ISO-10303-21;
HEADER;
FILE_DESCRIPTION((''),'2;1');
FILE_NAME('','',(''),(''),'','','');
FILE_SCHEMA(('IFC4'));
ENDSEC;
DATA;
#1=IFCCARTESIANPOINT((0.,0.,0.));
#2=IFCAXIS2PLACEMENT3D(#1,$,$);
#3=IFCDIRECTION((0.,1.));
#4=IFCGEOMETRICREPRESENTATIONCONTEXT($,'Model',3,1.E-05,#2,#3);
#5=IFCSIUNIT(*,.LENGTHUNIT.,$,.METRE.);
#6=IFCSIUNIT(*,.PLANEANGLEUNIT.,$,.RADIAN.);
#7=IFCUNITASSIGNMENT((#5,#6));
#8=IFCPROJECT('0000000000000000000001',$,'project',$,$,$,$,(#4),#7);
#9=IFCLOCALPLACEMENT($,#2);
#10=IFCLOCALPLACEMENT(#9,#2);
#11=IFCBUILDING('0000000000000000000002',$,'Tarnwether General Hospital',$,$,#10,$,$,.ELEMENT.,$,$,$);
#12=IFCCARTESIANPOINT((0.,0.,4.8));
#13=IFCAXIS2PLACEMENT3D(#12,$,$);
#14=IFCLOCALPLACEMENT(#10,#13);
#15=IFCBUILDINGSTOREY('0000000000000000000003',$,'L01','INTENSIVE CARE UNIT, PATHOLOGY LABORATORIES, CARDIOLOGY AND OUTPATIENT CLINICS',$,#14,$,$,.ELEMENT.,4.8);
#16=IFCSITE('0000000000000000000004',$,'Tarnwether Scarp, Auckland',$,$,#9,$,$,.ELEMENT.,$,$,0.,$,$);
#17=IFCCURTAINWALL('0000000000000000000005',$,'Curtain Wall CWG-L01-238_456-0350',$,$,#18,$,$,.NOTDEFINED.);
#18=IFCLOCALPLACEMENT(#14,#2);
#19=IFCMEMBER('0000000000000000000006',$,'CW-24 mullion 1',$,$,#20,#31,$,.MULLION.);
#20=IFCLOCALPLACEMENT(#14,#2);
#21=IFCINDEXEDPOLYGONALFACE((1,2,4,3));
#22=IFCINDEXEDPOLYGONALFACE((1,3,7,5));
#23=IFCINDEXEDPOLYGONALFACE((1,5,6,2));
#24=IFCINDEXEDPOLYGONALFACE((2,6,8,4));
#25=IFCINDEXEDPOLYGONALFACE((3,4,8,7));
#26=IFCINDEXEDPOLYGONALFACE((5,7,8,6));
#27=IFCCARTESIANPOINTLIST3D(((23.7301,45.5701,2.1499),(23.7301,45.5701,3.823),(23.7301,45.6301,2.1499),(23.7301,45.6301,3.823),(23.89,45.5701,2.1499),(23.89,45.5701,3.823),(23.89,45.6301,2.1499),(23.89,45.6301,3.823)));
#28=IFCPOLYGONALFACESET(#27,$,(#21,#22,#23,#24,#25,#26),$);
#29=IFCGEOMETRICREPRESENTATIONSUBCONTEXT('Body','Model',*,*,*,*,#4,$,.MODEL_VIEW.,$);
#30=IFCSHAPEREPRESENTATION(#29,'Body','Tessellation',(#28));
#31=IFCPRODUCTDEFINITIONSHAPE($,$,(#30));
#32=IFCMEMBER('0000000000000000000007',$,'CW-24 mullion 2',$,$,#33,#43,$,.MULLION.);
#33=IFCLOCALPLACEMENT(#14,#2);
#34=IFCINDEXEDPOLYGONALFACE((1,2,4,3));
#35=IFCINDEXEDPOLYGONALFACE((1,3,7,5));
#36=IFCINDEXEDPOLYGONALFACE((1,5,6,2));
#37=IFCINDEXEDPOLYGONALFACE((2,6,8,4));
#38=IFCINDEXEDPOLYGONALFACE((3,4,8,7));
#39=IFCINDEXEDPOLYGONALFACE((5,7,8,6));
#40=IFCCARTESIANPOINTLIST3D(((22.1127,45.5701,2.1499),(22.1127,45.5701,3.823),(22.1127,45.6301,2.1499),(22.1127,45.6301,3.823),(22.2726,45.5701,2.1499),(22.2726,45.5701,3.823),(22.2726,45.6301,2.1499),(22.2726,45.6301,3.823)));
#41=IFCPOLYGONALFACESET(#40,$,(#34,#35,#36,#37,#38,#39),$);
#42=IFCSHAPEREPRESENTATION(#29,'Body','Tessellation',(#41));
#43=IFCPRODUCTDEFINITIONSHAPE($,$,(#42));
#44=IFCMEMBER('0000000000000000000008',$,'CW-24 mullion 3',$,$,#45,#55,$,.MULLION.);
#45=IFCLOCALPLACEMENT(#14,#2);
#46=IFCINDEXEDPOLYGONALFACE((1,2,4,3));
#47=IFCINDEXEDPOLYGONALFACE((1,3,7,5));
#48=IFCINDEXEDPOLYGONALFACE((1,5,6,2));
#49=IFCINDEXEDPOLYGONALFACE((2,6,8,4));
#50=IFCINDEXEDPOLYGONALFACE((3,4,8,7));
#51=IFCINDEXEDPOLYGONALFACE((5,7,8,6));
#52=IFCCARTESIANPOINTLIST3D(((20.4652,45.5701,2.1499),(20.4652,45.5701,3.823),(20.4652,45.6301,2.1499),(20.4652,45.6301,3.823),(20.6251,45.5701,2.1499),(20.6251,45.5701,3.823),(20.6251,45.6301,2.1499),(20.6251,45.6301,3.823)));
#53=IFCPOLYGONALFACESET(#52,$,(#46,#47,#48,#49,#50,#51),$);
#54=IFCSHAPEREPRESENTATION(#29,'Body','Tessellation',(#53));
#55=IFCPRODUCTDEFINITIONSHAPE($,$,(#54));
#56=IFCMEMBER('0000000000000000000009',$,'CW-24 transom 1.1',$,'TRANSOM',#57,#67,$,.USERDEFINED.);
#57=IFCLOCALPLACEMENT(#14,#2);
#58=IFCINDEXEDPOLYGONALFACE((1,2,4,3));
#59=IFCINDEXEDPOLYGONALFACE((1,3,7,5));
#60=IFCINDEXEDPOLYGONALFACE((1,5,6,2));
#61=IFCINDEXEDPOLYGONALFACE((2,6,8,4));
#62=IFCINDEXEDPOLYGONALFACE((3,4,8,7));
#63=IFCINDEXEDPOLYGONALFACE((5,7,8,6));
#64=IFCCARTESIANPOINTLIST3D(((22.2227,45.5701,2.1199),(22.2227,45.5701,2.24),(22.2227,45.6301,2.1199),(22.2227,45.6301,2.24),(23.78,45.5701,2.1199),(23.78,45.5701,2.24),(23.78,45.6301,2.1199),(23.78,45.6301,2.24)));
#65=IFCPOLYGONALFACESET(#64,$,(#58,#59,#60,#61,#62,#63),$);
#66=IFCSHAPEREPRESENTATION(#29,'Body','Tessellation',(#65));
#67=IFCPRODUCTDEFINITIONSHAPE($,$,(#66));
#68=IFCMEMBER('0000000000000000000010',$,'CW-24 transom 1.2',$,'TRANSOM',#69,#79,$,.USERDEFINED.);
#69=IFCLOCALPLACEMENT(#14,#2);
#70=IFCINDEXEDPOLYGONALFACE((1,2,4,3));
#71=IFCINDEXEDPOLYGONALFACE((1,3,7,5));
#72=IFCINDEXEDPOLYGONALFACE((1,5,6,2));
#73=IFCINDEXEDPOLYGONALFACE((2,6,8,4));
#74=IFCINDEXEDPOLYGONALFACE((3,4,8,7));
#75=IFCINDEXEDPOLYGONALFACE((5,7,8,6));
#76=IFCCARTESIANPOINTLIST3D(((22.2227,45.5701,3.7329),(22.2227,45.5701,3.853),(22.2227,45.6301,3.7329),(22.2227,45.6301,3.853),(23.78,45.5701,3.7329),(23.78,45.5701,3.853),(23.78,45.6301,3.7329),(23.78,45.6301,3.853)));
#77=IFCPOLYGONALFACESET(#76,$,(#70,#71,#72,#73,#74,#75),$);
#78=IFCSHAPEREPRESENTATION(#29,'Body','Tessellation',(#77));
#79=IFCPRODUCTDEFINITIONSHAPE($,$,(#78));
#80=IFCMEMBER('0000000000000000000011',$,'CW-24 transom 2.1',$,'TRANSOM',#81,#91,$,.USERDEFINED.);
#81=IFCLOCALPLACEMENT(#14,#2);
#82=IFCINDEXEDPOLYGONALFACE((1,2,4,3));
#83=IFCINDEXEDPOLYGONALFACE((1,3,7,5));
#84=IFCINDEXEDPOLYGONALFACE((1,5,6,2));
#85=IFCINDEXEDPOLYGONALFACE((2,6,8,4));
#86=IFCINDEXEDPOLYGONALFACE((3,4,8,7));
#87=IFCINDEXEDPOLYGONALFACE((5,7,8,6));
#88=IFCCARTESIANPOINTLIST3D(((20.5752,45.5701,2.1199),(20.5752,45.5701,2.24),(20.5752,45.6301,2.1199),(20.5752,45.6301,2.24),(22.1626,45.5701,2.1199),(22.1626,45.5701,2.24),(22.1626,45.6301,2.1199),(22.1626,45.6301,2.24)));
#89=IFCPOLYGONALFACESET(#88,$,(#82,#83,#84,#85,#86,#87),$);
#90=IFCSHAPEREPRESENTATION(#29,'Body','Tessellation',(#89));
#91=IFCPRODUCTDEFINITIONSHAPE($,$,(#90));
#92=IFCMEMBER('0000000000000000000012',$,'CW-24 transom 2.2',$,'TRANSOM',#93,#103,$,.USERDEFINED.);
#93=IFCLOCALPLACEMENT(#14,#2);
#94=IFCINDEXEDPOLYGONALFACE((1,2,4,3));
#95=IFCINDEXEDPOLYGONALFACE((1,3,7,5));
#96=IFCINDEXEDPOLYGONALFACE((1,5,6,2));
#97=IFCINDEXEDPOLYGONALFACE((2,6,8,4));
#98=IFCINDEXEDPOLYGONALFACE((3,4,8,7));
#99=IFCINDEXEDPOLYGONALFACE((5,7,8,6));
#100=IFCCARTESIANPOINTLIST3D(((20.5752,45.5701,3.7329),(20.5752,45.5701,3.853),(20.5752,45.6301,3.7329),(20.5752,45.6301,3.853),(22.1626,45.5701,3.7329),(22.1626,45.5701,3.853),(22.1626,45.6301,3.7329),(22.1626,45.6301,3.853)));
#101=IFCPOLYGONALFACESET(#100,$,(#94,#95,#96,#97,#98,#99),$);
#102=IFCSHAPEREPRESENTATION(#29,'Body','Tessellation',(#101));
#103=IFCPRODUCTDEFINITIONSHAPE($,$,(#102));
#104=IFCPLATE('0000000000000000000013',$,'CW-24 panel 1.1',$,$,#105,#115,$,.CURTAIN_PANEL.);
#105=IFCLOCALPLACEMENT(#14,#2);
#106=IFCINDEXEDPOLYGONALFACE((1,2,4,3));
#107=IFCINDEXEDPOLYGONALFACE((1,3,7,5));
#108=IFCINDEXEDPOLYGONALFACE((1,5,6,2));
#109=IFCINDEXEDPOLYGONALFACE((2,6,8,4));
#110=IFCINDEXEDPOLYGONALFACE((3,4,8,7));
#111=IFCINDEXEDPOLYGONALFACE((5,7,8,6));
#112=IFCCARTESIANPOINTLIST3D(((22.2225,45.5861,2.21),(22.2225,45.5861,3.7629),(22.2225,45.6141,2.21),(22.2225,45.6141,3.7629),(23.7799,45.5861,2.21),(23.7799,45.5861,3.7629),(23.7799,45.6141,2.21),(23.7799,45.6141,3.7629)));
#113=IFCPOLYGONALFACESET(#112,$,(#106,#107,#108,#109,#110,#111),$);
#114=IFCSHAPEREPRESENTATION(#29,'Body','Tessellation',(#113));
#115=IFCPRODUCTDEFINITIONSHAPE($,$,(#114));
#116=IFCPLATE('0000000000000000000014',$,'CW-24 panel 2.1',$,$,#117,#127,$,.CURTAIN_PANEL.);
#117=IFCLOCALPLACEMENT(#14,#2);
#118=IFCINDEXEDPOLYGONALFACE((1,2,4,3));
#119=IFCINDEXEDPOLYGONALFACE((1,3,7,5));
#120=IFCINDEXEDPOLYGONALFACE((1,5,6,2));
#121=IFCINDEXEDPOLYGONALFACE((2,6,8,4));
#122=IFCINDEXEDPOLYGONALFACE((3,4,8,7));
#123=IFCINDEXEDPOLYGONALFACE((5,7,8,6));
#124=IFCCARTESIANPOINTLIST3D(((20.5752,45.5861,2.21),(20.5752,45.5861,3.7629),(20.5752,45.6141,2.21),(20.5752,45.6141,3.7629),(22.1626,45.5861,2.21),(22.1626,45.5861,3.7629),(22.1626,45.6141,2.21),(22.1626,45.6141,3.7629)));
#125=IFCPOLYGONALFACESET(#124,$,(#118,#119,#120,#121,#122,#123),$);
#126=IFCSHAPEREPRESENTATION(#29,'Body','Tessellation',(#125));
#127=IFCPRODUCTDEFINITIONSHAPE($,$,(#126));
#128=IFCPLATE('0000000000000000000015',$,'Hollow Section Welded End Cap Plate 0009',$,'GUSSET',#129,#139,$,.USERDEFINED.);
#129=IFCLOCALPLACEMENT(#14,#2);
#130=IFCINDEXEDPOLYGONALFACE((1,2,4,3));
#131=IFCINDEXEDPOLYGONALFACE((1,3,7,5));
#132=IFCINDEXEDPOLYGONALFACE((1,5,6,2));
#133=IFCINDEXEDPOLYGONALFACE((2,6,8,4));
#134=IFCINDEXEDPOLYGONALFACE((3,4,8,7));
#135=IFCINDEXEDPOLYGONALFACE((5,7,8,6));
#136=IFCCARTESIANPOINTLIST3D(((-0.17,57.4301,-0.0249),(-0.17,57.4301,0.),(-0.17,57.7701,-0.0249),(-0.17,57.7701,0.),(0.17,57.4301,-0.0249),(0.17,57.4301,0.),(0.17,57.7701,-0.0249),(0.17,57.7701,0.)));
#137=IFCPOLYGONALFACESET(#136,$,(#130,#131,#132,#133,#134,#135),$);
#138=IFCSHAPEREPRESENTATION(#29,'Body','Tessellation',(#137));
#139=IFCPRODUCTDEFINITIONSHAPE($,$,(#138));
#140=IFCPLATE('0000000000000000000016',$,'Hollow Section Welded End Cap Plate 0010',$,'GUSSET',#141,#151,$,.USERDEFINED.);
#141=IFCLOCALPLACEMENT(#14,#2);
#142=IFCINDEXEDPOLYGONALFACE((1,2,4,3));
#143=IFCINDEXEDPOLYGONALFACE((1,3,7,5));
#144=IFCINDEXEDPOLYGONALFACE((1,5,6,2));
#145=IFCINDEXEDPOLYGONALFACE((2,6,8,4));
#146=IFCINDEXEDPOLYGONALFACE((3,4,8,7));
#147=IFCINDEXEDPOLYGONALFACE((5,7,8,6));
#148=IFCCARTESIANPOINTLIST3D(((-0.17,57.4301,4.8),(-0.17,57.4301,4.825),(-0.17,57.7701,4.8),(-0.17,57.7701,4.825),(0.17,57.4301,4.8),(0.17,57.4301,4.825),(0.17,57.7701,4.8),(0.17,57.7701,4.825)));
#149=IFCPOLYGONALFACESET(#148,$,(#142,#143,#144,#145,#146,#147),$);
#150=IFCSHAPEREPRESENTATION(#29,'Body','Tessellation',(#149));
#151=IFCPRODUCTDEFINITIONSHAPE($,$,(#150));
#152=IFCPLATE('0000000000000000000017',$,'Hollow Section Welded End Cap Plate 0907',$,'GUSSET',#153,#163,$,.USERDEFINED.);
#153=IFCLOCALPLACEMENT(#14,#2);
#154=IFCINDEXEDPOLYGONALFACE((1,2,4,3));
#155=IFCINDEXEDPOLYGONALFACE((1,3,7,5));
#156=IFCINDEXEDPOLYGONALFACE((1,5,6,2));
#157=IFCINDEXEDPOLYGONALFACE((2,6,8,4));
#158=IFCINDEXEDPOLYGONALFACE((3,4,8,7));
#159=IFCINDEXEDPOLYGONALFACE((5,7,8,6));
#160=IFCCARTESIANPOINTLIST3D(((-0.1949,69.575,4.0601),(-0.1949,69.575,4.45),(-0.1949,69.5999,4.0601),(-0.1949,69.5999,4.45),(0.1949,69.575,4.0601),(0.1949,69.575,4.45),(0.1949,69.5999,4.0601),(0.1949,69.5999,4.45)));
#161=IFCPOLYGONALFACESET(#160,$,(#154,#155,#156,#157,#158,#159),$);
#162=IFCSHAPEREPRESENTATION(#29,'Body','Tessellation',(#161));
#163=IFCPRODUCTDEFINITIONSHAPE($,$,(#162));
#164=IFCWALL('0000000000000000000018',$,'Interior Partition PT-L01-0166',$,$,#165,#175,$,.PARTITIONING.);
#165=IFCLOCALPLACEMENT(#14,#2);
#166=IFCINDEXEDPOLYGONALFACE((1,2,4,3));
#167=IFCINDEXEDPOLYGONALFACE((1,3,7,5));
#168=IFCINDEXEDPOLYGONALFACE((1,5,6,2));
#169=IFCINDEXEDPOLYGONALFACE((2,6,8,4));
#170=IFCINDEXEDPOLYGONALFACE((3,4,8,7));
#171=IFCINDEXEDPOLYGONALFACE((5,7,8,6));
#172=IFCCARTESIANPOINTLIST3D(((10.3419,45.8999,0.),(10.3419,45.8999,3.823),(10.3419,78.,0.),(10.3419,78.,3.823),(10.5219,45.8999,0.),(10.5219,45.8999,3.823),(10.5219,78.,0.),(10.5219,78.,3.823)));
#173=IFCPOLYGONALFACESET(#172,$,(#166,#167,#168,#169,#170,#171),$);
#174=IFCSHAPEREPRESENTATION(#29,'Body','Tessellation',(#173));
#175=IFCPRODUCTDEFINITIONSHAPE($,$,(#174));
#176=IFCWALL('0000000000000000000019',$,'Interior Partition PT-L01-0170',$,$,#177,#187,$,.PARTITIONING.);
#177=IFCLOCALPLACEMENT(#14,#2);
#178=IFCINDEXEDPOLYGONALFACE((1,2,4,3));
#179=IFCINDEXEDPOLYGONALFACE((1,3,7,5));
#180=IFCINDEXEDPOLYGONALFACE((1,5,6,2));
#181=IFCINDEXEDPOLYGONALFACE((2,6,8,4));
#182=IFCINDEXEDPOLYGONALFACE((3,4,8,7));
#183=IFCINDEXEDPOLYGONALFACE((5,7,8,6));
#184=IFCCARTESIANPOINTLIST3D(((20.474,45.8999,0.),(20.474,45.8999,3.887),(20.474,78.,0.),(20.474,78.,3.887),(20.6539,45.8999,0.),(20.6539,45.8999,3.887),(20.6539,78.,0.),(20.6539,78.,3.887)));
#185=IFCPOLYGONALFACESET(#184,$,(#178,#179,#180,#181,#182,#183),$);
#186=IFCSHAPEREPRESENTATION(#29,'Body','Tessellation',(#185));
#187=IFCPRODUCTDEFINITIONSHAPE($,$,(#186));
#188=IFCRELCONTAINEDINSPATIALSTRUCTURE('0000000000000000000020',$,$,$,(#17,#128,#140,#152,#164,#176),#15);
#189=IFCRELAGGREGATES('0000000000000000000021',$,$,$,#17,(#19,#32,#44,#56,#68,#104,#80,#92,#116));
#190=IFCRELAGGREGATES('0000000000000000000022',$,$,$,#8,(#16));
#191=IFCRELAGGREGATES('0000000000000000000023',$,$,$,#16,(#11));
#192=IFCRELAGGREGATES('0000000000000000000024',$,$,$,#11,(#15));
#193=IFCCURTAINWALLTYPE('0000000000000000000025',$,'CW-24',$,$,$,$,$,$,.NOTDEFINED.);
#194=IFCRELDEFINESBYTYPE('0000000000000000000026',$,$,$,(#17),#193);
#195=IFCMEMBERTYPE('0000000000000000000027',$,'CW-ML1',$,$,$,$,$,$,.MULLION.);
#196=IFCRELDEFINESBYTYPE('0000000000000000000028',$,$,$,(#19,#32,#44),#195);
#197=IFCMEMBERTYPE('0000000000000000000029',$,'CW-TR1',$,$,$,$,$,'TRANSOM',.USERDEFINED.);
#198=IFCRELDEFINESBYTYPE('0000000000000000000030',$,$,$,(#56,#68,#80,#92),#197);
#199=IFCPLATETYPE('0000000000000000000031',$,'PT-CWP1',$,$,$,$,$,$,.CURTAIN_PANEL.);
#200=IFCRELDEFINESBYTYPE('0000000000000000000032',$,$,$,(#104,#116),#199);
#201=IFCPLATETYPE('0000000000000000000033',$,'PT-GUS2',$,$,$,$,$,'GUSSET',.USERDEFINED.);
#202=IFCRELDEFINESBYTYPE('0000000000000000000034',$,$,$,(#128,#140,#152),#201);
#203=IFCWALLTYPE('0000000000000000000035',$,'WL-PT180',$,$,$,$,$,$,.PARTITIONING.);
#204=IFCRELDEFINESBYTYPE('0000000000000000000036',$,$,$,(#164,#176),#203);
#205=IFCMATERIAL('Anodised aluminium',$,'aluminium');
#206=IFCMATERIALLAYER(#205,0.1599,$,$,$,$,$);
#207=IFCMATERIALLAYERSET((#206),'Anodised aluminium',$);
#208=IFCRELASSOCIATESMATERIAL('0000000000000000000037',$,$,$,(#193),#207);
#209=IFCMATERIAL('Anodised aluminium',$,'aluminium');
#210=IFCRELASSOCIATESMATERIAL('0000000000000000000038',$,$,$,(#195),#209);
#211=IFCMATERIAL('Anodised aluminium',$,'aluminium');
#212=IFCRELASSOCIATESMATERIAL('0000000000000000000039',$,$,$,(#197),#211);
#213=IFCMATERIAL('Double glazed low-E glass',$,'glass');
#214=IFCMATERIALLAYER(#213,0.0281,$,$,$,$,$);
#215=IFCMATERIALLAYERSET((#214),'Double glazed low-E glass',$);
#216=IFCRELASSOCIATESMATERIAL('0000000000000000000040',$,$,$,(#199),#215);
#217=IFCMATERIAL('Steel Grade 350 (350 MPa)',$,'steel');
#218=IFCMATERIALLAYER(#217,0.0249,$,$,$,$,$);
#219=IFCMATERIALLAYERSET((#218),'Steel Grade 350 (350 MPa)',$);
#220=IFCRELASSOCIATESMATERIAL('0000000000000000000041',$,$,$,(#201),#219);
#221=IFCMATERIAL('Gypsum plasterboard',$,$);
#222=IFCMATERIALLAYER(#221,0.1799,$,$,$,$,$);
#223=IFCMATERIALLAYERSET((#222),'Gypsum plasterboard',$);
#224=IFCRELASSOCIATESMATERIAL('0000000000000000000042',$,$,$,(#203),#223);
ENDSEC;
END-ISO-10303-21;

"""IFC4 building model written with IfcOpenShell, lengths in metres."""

from ifc_helpers import new_model, si_unit, direction, frame, frame_2d, origin, origin_2d, place, context, subcontext, project, spatial, rectangle, extrude, material, layer, layer_set, material_profile, profile_set, type_object, element, aggregate, save


model = new_model("IFC4")

# Units and contexts
model_context = context("Model", 3, precision=1e-05, world=origin(), true_north=direction((0.0, 1.0)))
body_context = subcontext(model_context, "Body", "Model", "MODEL_VIEW")
ifc_project = project(units=[si_unit("LENGTHUNIT", "METRE"), si_unit("PLANEANGLEUNIT", "RADIAN")], contexts=[model_context])

# Site, building, storey
site_placement = place(None, origin())
site = spatial("IfcSite", under=ifc_project, at=site_placement, Name="Tarnwether Scarp, Auckland", CompositionType="ELEMENT", RefElevation=0.0)
building_placement = place(site_placement, origin())
building = spatial("IfcBuilding", under=site, at=building_placement, Name="Tarnwether General Hospital", CompositionType="ELEMENT")
storey_placement = place(building_placement, frame((0.0, 0.0, 4.8)))
storey = spatial("IfcBuildingStorey", under=building, at=storey_placement, Name="L01", Description="INTENSIVE CARE UNIT, PATHOLOGY LABORATORIES, CARDIOLOGY AND OUTPATIENT CLINICS", CompositionType="ELEMENT", Elevation=4.8)

# Shared definitions
ifc_material_1 = material(Name="Anodised aluminium", Category="aluminium")
ifc_layer_1 = layer(ifc_material_1, 0.1599)
ifc_layer_set_1 = layer_set([ifc_layer_1], Name="Anodised aluminium")
curtain_wall_type = type_object("IfcCurtainWallType", Name="CW-24", PredefinedType="NOTDEFINED", material=ifc_layer_set_1)
ifc_material_2 = material(Name="Anodised aluminium", Category="aluminium")
ifc_material_profile_1 = material_profile(ifc_material_2, rectangle(XDim=0.0601, YDim=0.1599, at=origin_2d()), Name="ALU-MUL-60x160")
ifc_profile_set_1 = profile_set([ifc_material_profile_1], Name="Anodised aluminium")
member_type_1 = type_object("IfcMemberType", Name="CW-ML1", PredefinedType="MULLION", material=ifc_profile_set_1)

# Curtain wall, members, plates
curtain_wall_1_placement = place(storey_placement, origin())
curtain_wall_1 = element("IfcCurtainWall", 1, at=curtain_wall_1_placement, inside=storey, type_object=curtain_wall_type, Name="Curtain Wall CWG-L01-238_456-0350", PredefinedType="NOTDEFINED")
member_1_placement = place(storey_placement, frame((23.8101, 45.6001, 2.1499), z_axis=(0.0, 0.0, 1.0), x_axis=(0.0, -1.0, 0.0)))
member_1 = element("IfcMember", 2, at=member_1_placement, type_object=member_type_1, Name="CW-24 mullion 1", PredefinedType="MULLION", context=body_context, shape_type="SweptSolid", body=[
    extrude(rectangle(XDim=0.0601, YDim=0.1599, at=origin_2d()), origin(), (0.0, 0.0, 1.0), 1.6731),
])
member_2_placement = place(storey_placement, frame((22.1926, 45.6001, 2.1499), z_axis=(0.0, 0.0, 1.0), x_axis=(0.0, -1.0, 0.0)))
member_2 = element("IfcMember", 3, at=member_2_placement, type_object=member_type_1, Name="CW-24 mullion 2", PredefinedType="MULLION", context=body_context, shape_type="SweptSolid", body=[
    extrude(rectangle(XDim=0.0601, YDim=0.1599, at=origin_2d()), origin(), (0.0, 0.0, 1.0), 1.6731),
])
member_3_placement = place(storey_placement, frame((20.5452, 45.6001, 2.1499), z_axis=(0.0, 0.0, 1.0), x_axis=(0.0, -1.0, 0.0)))
member_3 = element("IfcMember", 4, at=member_3_placement, type_object=member_type_1, Name="CW-24 mullion 3", PredefinedType="MULLION", context=body_context, shape_type="SweptSolid", body=[
    extrude(rectangle(XDim=0.0601, YDim=0.1599, at=origin_2d()), origin(), (0.0, 0.0, 1.0), 1.6731),
])
ifc_material_3 = material(Name="Anodised aluminium", Category="aluminium")
ifc_material_profile_2 = material_profile(ifc_material_3, rectangle(XDim=0.0601, YDim=0.1201, at=origin_2d()), Name="ALU-TRN-60x120")
ifc_profile_set_2 = profile_set([ifc_material_profile_2], Name="Anodised aluminium")
member_type_2 = type_object("IfcMemberType", Name="CW-TR1", ElementType="TRANSOM", PredefinedType="USERDEFINED", material=ifc_profile_set_2)
member_4_placement = place(storey_placement, frame((23.78, 45.6001, 2.1799), z_axis=(-1.0, 0.0, 0.0), x_axis=(0.0, -1.0, 0.0)))
member_4 = element("IfcMember", 5, at=member_4_placement, type_object=member_type_2, Name="CW-24 transom 1.1", ObjectType="TRANSOM", PredefinedType="USERDEFINED", context=body_context, shape_type="SweptSolid", body=[
    extrude(rectangle(XDim=0.0601, YDim=0.1201, at=origin_2d()), origin(), (0.0, 0.0, 1.0), 1.5574),
])
member_5_placement = place(storey_placement, frame((23.78, 45.6001, 3.793), z_axis=(-1.0, 0.0, 0.0), x_axis=(0.0, -1.0, 0.0)))
member_5 = element("IfcMember", 6, at=member_5_placement, type_object=member_type_2, Name="CW-24 transom 1.2", ObjectType="TRANSOM", PredefinedType="USERDEFINED", context=body_context, shape_type="SweptSolid", body=[
    extrude(rectangle(XDim=0.0601, YDim=0.1201, at=origin_2d()), origin(), (0.0, 0.0, 1.0), 1.5574),
])
member_6_placement = place(storey_placement, frame((22.1626, 45.6001, 2.1799), z_axis=(-1.0, 0.0, 0.0), x_axis=(0.0, -1.0, 0.0)))
member_6 = element("IfcMember", 7, at=member_6_placement, type_object=member_type_2, Name="CW-24 transom 2.1", ObjectType="TRANSOM", PredefinedType="USERDEFINED", context=body_context, shape_type="SweptSolid", body=[
    extrude(rectangle(XDim=0.0601, YDim=0.1201, at=origin_2d()), origin(), (0.0, 0.0, 1.0), 1.5874),
])
member_7_placement = place(storey_placement, frame((22.1626, 45.6001, 3.793), z_axis=(-1.0, 0.0, 0.0), x_axis=(0.0, -1.0, 0.0)))
member_7 = element("IfcMember", 8, at=member_7_placement, type_object=member_type_2, Name="CW-24 transom 2.2", ObjectType="TRANSOM", PredefinedType="USERDEFINED", context=body_context, shape_type="SweptSolid", body=[
    extrude(rectangle(XDim=0.0601, YDim=0.1201, at=origin_2d()), origin(), (0.0, 0.0, 1.0), 1.5874),
])
ifc_material_4 = material(Name="Double glazed low-E glass", Category="glass")
ifc_layer_2 = layer(ifc_material_4, 0.0281)
ifc_layer_set_2 = layer_set([ifc_layer_2], Name="Double glazed low-E glass")
plate_type_1 = type_object("IfcPlateType", Name="PT-CWP1", PredefinedType="CURTAIN_PANEL", material=ifc_layer_set_2)
plate_1_placement = place(storey_placement, frame((23.0012, 45.6001, 2.21), z_axis=(0.0, 0.0, 1.0), x_axis=(-1.0, 0.0, 0.0)))
plate_1 = element("IfcPlate", 9, at=plate_1_placement, type_object=plate_type_1, Name="CW-24 panel 1.1", PredefinedType="CURTAIN_PANEL", context=body_context, shape_type="SweptSolid", body=[
    extrude(rectangle(XDim=1.5574, YDim=0.0281, at=origin_2d()), origin(), (0.0, 0.0, 1.0), 1.553),
])
plate_2_placement = place(storey_placement, frame((21.3689, 45.6001, 2.21), z_axis=(0.0, 0.0, 1.0), x_axis=(-1.0, 0.0, 0.0)))
plate_2 = element("IfcPlate", 10, at=plate_2_placement, type_object=plate_type_1, Name="CW-24 panel 2.1", PredefinedType="CURTAIN_PANEL", context=body_context, shape_type="SweptSolid", body=[
    extrude(rectangle(XDim=1.5874, YDim=0.0281, at=origin_2d()), origin(), (0.0, 0.0, 1.0), 1.553),
])
aggregate(curtain_wall_1, [member_1, member_2, member_3, member_4, member_5, plate_1, member_6, member_7, plate_2])

# Plates
ifc_material_5 = material(Name="Steel Grade 350 (350 MPa)", Category="steel")
ifc_layer_3 = layer(ifc_material_5, 0.0249)
ifc_layer_set_3 = layer_set([ifc_layer_3], Name="Steel Grade 350 (350 MPa)")
plate_type_2 = type_object("IfcPlateType", Name="PT-GUS2", ElementType="GUSSET", PredefinedType="USERDEFINED", material=ifc_layer_set_3)
for number, where, z_axis, x_axis, name in (
    (11, (0.0, 57.6001, -0.0249), (0.0, 0.0, 1.0), (1.0, 0.0, 0.0), "Hollow Section Welded End Cap Plate 0009"),
    (12, (0.0, 57.6001, 4.8), (0.0, 0.0, 1.0), (1.0, 0.0, 0.0), "Hollow Section Welded End Cap Plate 0010"),
):
    element("IfcPlate", number, at=place(storey_placement, frame(where, z_axis=z_axis, x_axis=x_axis)), inside=storey, type_object=plate_type_2, Name=name, ObjectType="GUSSET", PredefinedType="USERDEFINED", context=body_context, shape_type="SweptSolid", body=[
        extrude(rectangle(XDim=0.3401, YDim=0.3401, at=origin_2d()), origin(), (0.0, 0.0, 1.0), 0.0249),
    ])
plate_3_placement = place(storey_placement, frame((0.0, 69.5874, 4.0601), z_axis=(0.0, 0.0, 1.0), x_axis=(0.0, 1.0, 0.0)))
element("IfcPlate", 13, at=plate_3_placement, inside=storey, type_object=plate_type_2, Name="Hollow Section Welded End Cap Plate 0907", ObjectType="GUSSET", PredefinedType="USERDEFINED", context=body_context, shape_type="SweptSolid", body=[
    extrude(rectangle(XDim=0.0249, YDim=0.3899, at=origin_2d()), origin(), (0.0, 0.0, 1.0), 0.3899),
])

# Walls
ifc_material_6 = material(Name="Gypsum plasterboard")
ifc_layer_4 = layer(ifc_material_6, 0.1799)
ifc_layer_set_4 = layer_set([ifc_layer_4], Name="Gypsum plasterboard")
wall_type = type_object("IfcWallType", Name="WL-PT180", PredefinedType="PARTITIONING", material=ifc_layer_set_4)
wall_1_placement = place(storey_placement, frame((10.4319, 45.8999, 0.0), z_axis=(0.0, 0.0, 1.0), x_axis=(0.0, 1.0, 0.0)))
element("IfcWall", 14, at=wall_1_placement, inside=storey, type_object=wall_type, Name="Interior Partition PT-L01-0166", PredefinedType="PARTITIONING", context=body_context, shape_type="SweptSolid", body=[
    extrude(rectangle(XDim=32.1001, YDim=0.1799, at=frame_2d((16.05, 0.0))), origin(), (0.0, 0.0, 1.0), 3.823),
])
wall_2_placement = place(storey_placement, frame((20.564, 45.8999, 0.0), z_axis=(0.0, 0.0, 1.0), x_axis=(0.0, 1.0, 0.0)))
element("IfcWall", 15, at=wall_2_placement, inside=storey, type_object=wall_type, Name="Interior Partition PT-L01-0170", PredefinedType="PARTITIONING", context=body_context, shape_type="SweptSolid", body=[
    extrude(rectangle(XDim=32.1001, YDim=0.1799, at=frame_2d((16.05, 0.0))), origin(), (0.0, 0.0, 1.0), 3.887),
])

save(model, "model.ifc")
